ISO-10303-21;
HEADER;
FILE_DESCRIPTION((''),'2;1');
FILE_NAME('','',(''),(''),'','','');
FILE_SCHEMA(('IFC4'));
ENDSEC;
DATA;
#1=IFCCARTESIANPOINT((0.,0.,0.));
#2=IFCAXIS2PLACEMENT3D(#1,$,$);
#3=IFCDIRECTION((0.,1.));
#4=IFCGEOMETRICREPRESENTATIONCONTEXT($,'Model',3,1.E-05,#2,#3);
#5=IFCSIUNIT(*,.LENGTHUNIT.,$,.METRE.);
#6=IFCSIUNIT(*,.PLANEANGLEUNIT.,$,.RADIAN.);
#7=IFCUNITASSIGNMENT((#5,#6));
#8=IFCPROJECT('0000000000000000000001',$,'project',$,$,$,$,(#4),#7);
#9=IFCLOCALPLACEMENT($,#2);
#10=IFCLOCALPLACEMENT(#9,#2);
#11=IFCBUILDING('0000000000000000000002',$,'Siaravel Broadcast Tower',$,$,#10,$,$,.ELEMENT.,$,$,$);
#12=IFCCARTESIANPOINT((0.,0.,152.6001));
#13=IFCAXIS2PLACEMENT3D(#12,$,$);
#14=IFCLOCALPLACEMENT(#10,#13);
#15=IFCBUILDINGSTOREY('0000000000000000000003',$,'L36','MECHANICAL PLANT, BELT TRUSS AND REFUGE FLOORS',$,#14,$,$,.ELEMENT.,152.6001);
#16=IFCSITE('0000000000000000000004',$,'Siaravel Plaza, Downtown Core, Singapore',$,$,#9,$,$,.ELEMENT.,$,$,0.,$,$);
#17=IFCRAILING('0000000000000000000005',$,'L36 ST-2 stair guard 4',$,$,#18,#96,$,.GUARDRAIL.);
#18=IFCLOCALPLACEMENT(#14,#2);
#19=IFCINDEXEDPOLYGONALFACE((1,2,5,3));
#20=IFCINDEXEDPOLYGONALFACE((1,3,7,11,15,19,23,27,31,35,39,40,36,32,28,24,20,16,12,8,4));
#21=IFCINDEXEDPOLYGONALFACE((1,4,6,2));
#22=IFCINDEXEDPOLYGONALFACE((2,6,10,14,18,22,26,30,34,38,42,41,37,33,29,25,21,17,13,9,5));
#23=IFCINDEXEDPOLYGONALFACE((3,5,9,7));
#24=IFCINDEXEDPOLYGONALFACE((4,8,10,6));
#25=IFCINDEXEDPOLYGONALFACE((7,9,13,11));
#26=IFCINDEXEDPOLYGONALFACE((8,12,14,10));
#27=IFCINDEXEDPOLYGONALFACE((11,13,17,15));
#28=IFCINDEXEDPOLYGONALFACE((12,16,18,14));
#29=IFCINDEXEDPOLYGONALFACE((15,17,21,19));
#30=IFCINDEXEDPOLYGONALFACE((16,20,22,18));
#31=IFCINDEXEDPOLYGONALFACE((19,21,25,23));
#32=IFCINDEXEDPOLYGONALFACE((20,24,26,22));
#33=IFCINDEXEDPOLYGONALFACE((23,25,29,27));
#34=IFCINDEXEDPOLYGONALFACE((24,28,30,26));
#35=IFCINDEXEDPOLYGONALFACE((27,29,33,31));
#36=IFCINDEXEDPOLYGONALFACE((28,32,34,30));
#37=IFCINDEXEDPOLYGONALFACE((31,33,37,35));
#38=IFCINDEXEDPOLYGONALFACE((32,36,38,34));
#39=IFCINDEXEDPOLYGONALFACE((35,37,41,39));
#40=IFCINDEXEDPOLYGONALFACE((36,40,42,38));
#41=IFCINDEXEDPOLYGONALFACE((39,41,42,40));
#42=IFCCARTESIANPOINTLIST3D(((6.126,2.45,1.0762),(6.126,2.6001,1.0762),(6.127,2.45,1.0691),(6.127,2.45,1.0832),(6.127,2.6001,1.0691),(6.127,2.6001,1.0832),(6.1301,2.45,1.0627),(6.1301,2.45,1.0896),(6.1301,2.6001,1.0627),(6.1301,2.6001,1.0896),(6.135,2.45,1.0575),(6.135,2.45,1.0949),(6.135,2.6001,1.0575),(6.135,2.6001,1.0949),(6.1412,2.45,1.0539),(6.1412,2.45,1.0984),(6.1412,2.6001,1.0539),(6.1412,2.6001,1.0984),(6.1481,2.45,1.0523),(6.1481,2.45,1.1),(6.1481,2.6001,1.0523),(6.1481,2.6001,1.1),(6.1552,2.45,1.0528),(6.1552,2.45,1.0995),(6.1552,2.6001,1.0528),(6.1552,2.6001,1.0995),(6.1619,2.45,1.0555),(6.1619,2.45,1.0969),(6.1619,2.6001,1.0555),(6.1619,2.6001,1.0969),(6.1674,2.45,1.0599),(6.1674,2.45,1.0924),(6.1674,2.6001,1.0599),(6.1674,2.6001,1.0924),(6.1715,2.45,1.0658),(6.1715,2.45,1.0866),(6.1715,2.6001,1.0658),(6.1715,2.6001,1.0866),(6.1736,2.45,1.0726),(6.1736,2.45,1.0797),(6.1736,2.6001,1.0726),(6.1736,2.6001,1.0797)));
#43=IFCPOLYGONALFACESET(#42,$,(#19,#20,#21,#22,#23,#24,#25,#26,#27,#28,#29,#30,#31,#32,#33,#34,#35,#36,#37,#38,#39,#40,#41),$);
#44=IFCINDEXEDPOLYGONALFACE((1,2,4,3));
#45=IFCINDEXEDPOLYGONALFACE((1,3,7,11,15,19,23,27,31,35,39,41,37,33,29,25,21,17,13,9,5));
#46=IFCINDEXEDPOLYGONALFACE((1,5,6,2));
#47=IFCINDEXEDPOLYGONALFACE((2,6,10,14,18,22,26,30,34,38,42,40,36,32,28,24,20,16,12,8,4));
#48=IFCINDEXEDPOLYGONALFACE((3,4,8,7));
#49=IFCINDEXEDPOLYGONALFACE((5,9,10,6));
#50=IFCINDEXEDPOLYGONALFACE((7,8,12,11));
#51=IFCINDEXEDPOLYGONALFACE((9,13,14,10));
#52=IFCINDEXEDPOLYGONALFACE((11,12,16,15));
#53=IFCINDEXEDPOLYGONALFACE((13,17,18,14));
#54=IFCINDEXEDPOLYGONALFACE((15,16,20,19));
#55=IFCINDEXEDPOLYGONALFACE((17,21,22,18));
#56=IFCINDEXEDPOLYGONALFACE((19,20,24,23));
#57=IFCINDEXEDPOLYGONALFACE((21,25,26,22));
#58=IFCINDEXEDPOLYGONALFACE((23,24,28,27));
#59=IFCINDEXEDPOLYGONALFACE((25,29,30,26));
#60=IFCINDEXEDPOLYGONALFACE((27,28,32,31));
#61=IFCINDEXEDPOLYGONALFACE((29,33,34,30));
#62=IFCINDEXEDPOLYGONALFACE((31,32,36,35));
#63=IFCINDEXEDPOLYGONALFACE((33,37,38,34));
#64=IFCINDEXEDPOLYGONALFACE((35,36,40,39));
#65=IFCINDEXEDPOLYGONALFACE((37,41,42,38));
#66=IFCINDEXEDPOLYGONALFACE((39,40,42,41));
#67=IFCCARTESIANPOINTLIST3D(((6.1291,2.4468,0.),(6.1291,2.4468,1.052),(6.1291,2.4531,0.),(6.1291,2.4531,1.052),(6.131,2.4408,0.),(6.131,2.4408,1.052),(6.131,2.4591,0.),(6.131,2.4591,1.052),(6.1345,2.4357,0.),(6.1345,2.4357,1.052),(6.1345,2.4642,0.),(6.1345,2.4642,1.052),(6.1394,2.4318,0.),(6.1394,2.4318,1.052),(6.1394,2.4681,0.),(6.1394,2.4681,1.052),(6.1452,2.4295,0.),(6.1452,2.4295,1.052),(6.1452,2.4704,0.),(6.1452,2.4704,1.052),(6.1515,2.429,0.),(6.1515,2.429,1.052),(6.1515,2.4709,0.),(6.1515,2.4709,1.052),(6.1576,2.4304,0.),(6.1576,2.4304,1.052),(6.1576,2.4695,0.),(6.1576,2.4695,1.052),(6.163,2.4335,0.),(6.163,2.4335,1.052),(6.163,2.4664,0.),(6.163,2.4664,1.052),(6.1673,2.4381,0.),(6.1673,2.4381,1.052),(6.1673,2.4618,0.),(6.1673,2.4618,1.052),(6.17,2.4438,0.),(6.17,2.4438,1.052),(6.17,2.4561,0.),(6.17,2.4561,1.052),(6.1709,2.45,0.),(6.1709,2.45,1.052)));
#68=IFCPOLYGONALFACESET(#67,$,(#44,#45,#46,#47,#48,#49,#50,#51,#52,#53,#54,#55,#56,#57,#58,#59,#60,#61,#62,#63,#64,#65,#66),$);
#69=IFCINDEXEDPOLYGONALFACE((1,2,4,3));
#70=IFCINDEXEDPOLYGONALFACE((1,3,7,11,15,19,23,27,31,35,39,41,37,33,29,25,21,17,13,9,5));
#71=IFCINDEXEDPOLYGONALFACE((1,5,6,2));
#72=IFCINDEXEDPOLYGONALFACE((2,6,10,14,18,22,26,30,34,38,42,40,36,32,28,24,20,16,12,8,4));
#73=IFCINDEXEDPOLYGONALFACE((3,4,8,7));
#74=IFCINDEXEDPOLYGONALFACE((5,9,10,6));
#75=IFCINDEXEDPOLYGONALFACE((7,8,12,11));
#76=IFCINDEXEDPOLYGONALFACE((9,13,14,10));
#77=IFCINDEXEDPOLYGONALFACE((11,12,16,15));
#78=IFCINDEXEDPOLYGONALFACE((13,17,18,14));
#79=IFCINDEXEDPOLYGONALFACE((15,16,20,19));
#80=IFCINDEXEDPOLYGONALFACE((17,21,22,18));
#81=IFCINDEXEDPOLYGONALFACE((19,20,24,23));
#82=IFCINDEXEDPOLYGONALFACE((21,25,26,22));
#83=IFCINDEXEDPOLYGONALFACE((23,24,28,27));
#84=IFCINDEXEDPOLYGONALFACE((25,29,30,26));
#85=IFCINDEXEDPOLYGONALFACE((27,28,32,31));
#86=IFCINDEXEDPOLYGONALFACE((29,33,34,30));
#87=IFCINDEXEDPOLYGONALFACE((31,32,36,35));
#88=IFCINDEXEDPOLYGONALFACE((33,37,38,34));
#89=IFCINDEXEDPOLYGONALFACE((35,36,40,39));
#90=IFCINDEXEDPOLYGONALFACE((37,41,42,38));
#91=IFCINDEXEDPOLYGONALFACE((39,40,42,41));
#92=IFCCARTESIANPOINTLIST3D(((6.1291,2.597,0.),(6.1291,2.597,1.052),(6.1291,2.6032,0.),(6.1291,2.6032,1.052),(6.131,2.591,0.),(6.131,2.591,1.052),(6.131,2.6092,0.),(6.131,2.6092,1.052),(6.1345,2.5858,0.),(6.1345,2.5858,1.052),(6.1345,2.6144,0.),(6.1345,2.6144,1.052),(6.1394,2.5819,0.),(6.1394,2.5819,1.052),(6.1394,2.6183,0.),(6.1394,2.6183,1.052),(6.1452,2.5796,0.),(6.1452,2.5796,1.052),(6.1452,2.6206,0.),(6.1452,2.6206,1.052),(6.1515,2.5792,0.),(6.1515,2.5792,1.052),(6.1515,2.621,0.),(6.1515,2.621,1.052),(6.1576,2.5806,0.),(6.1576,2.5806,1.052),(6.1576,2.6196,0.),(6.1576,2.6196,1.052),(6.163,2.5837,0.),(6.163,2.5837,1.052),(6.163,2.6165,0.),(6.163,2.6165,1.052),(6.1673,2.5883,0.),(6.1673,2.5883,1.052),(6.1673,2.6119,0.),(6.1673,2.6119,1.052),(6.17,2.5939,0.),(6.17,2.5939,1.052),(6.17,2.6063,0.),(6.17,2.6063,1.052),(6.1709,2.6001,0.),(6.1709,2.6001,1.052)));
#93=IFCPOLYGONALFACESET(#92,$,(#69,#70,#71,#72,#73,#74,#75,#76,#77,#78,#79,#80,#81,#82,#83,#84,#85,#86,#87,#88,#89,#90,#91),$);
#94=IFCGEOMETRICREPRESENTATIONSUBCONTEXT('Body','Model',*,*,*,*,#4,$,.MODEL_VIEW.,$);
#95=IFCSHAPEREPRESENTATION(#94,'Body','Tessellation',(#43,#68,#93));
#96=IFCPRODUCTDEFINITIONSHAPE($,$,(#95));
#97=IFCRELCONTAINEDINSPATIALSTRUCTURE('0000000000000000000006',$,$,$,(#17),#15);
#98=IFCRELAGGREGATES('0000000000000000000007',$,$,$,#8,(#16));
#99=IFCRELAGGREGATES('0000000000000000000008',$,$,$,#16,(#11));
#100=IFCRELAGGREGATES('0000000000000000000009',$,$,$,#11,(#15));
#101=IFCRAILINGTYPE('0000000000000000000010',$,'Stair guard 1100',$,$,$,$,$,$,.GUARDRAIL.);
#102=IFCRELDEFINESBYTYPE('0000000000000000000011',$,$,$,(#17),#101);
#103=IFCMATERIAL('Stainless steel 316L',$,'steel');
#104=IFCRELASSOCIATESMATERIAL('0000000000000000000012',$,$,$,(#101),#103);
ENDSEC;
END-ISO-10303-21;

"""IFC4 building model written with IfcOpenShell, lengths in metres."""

from ifc_helpers import new_model, si_unit, direction, frame, origin, origin_2d, place, context, subcontext, project, spatial, circle, extrude, material, type_object, element, save


model = new_model("IFC4")

# Units and contexts
model_context = context("Model", 3, precision=1e-05, world=origin(), true_north=direction((0.0, 1.0)))
body_context = subcontext(model_context, "Body", "Model", "MODEL_VIEW")
ifc_project = project(units=[si_unit("LENGTHUNIT", "METRE"), si_unit("PLANEANGLEUNIT", "RADIAN")], contexts=[model_context])

# Site, building, storey
site_placement = place(None, origin())
site = spatial("IfcSite", under=ifc_project, at=site_placement, Name="Siaravel Plaza, Downtown Core, Singapore", CompositionType="ELEMENT", RefElevation=0.0)
building_placement = place(site_placement, origin())
building = spatial("IfcBuilding", under=site, at=building_placement, Name="Siaravel Broadcast Tower", CompositionType="ELEMENT")
storey_placement = place(building_placement, frame((0.0, 0.0, 152.6001)))
storey = spatial("IfcBuildingStorey", under=building, at=storey_placement, Name="L36", Description="MECHANICAL PLANT, BELT TRUSS AND REFUGE FLOORS", CompositionType="ELEMENT", Elevation=152.6001)

# Railing
ifc_material_1 = material(Name="Stainless steel 316L", Category="steel")
railing_type_1 = type_object("IfcRailingType", Name="Stair guard 1100", PredefinedType="GUARDRAIL", material=ifc_material_1)
railing_1_placement = place(storey_placement, frame((6.1499, 2.45, 0.0)))
element("IfcRailing", 1, at=railing_1_placement, inside=storey, type_object=railing_type_1, Name="L36 ST-2 stair guard 4", PredefinedType="GUARDRAIL", context=body_context, shape_type="SweptSolid", body=[
    extrude(circle(Radius=0.0239, at=origin_2d()), frame((0.0, 0.0, 1.0762), z_axis=(0.0, 1.0, 0.0), x_axis=(-1.0, 0.0, 0.0)), (0.0, 0.0, 1.0), 0.1501),
    extrude(circle(Radius=0.021, at=origin_2d()), origin(), (0.0, 0.0, 1.0), 1.052),
    extrude(circle(Radius=0.021, at=origin_2d()), frame((0.0, 0.1501, 0.0)), (0.0, 0.0, 1.0), 1.052),
])

save(model, "model.ifc")
